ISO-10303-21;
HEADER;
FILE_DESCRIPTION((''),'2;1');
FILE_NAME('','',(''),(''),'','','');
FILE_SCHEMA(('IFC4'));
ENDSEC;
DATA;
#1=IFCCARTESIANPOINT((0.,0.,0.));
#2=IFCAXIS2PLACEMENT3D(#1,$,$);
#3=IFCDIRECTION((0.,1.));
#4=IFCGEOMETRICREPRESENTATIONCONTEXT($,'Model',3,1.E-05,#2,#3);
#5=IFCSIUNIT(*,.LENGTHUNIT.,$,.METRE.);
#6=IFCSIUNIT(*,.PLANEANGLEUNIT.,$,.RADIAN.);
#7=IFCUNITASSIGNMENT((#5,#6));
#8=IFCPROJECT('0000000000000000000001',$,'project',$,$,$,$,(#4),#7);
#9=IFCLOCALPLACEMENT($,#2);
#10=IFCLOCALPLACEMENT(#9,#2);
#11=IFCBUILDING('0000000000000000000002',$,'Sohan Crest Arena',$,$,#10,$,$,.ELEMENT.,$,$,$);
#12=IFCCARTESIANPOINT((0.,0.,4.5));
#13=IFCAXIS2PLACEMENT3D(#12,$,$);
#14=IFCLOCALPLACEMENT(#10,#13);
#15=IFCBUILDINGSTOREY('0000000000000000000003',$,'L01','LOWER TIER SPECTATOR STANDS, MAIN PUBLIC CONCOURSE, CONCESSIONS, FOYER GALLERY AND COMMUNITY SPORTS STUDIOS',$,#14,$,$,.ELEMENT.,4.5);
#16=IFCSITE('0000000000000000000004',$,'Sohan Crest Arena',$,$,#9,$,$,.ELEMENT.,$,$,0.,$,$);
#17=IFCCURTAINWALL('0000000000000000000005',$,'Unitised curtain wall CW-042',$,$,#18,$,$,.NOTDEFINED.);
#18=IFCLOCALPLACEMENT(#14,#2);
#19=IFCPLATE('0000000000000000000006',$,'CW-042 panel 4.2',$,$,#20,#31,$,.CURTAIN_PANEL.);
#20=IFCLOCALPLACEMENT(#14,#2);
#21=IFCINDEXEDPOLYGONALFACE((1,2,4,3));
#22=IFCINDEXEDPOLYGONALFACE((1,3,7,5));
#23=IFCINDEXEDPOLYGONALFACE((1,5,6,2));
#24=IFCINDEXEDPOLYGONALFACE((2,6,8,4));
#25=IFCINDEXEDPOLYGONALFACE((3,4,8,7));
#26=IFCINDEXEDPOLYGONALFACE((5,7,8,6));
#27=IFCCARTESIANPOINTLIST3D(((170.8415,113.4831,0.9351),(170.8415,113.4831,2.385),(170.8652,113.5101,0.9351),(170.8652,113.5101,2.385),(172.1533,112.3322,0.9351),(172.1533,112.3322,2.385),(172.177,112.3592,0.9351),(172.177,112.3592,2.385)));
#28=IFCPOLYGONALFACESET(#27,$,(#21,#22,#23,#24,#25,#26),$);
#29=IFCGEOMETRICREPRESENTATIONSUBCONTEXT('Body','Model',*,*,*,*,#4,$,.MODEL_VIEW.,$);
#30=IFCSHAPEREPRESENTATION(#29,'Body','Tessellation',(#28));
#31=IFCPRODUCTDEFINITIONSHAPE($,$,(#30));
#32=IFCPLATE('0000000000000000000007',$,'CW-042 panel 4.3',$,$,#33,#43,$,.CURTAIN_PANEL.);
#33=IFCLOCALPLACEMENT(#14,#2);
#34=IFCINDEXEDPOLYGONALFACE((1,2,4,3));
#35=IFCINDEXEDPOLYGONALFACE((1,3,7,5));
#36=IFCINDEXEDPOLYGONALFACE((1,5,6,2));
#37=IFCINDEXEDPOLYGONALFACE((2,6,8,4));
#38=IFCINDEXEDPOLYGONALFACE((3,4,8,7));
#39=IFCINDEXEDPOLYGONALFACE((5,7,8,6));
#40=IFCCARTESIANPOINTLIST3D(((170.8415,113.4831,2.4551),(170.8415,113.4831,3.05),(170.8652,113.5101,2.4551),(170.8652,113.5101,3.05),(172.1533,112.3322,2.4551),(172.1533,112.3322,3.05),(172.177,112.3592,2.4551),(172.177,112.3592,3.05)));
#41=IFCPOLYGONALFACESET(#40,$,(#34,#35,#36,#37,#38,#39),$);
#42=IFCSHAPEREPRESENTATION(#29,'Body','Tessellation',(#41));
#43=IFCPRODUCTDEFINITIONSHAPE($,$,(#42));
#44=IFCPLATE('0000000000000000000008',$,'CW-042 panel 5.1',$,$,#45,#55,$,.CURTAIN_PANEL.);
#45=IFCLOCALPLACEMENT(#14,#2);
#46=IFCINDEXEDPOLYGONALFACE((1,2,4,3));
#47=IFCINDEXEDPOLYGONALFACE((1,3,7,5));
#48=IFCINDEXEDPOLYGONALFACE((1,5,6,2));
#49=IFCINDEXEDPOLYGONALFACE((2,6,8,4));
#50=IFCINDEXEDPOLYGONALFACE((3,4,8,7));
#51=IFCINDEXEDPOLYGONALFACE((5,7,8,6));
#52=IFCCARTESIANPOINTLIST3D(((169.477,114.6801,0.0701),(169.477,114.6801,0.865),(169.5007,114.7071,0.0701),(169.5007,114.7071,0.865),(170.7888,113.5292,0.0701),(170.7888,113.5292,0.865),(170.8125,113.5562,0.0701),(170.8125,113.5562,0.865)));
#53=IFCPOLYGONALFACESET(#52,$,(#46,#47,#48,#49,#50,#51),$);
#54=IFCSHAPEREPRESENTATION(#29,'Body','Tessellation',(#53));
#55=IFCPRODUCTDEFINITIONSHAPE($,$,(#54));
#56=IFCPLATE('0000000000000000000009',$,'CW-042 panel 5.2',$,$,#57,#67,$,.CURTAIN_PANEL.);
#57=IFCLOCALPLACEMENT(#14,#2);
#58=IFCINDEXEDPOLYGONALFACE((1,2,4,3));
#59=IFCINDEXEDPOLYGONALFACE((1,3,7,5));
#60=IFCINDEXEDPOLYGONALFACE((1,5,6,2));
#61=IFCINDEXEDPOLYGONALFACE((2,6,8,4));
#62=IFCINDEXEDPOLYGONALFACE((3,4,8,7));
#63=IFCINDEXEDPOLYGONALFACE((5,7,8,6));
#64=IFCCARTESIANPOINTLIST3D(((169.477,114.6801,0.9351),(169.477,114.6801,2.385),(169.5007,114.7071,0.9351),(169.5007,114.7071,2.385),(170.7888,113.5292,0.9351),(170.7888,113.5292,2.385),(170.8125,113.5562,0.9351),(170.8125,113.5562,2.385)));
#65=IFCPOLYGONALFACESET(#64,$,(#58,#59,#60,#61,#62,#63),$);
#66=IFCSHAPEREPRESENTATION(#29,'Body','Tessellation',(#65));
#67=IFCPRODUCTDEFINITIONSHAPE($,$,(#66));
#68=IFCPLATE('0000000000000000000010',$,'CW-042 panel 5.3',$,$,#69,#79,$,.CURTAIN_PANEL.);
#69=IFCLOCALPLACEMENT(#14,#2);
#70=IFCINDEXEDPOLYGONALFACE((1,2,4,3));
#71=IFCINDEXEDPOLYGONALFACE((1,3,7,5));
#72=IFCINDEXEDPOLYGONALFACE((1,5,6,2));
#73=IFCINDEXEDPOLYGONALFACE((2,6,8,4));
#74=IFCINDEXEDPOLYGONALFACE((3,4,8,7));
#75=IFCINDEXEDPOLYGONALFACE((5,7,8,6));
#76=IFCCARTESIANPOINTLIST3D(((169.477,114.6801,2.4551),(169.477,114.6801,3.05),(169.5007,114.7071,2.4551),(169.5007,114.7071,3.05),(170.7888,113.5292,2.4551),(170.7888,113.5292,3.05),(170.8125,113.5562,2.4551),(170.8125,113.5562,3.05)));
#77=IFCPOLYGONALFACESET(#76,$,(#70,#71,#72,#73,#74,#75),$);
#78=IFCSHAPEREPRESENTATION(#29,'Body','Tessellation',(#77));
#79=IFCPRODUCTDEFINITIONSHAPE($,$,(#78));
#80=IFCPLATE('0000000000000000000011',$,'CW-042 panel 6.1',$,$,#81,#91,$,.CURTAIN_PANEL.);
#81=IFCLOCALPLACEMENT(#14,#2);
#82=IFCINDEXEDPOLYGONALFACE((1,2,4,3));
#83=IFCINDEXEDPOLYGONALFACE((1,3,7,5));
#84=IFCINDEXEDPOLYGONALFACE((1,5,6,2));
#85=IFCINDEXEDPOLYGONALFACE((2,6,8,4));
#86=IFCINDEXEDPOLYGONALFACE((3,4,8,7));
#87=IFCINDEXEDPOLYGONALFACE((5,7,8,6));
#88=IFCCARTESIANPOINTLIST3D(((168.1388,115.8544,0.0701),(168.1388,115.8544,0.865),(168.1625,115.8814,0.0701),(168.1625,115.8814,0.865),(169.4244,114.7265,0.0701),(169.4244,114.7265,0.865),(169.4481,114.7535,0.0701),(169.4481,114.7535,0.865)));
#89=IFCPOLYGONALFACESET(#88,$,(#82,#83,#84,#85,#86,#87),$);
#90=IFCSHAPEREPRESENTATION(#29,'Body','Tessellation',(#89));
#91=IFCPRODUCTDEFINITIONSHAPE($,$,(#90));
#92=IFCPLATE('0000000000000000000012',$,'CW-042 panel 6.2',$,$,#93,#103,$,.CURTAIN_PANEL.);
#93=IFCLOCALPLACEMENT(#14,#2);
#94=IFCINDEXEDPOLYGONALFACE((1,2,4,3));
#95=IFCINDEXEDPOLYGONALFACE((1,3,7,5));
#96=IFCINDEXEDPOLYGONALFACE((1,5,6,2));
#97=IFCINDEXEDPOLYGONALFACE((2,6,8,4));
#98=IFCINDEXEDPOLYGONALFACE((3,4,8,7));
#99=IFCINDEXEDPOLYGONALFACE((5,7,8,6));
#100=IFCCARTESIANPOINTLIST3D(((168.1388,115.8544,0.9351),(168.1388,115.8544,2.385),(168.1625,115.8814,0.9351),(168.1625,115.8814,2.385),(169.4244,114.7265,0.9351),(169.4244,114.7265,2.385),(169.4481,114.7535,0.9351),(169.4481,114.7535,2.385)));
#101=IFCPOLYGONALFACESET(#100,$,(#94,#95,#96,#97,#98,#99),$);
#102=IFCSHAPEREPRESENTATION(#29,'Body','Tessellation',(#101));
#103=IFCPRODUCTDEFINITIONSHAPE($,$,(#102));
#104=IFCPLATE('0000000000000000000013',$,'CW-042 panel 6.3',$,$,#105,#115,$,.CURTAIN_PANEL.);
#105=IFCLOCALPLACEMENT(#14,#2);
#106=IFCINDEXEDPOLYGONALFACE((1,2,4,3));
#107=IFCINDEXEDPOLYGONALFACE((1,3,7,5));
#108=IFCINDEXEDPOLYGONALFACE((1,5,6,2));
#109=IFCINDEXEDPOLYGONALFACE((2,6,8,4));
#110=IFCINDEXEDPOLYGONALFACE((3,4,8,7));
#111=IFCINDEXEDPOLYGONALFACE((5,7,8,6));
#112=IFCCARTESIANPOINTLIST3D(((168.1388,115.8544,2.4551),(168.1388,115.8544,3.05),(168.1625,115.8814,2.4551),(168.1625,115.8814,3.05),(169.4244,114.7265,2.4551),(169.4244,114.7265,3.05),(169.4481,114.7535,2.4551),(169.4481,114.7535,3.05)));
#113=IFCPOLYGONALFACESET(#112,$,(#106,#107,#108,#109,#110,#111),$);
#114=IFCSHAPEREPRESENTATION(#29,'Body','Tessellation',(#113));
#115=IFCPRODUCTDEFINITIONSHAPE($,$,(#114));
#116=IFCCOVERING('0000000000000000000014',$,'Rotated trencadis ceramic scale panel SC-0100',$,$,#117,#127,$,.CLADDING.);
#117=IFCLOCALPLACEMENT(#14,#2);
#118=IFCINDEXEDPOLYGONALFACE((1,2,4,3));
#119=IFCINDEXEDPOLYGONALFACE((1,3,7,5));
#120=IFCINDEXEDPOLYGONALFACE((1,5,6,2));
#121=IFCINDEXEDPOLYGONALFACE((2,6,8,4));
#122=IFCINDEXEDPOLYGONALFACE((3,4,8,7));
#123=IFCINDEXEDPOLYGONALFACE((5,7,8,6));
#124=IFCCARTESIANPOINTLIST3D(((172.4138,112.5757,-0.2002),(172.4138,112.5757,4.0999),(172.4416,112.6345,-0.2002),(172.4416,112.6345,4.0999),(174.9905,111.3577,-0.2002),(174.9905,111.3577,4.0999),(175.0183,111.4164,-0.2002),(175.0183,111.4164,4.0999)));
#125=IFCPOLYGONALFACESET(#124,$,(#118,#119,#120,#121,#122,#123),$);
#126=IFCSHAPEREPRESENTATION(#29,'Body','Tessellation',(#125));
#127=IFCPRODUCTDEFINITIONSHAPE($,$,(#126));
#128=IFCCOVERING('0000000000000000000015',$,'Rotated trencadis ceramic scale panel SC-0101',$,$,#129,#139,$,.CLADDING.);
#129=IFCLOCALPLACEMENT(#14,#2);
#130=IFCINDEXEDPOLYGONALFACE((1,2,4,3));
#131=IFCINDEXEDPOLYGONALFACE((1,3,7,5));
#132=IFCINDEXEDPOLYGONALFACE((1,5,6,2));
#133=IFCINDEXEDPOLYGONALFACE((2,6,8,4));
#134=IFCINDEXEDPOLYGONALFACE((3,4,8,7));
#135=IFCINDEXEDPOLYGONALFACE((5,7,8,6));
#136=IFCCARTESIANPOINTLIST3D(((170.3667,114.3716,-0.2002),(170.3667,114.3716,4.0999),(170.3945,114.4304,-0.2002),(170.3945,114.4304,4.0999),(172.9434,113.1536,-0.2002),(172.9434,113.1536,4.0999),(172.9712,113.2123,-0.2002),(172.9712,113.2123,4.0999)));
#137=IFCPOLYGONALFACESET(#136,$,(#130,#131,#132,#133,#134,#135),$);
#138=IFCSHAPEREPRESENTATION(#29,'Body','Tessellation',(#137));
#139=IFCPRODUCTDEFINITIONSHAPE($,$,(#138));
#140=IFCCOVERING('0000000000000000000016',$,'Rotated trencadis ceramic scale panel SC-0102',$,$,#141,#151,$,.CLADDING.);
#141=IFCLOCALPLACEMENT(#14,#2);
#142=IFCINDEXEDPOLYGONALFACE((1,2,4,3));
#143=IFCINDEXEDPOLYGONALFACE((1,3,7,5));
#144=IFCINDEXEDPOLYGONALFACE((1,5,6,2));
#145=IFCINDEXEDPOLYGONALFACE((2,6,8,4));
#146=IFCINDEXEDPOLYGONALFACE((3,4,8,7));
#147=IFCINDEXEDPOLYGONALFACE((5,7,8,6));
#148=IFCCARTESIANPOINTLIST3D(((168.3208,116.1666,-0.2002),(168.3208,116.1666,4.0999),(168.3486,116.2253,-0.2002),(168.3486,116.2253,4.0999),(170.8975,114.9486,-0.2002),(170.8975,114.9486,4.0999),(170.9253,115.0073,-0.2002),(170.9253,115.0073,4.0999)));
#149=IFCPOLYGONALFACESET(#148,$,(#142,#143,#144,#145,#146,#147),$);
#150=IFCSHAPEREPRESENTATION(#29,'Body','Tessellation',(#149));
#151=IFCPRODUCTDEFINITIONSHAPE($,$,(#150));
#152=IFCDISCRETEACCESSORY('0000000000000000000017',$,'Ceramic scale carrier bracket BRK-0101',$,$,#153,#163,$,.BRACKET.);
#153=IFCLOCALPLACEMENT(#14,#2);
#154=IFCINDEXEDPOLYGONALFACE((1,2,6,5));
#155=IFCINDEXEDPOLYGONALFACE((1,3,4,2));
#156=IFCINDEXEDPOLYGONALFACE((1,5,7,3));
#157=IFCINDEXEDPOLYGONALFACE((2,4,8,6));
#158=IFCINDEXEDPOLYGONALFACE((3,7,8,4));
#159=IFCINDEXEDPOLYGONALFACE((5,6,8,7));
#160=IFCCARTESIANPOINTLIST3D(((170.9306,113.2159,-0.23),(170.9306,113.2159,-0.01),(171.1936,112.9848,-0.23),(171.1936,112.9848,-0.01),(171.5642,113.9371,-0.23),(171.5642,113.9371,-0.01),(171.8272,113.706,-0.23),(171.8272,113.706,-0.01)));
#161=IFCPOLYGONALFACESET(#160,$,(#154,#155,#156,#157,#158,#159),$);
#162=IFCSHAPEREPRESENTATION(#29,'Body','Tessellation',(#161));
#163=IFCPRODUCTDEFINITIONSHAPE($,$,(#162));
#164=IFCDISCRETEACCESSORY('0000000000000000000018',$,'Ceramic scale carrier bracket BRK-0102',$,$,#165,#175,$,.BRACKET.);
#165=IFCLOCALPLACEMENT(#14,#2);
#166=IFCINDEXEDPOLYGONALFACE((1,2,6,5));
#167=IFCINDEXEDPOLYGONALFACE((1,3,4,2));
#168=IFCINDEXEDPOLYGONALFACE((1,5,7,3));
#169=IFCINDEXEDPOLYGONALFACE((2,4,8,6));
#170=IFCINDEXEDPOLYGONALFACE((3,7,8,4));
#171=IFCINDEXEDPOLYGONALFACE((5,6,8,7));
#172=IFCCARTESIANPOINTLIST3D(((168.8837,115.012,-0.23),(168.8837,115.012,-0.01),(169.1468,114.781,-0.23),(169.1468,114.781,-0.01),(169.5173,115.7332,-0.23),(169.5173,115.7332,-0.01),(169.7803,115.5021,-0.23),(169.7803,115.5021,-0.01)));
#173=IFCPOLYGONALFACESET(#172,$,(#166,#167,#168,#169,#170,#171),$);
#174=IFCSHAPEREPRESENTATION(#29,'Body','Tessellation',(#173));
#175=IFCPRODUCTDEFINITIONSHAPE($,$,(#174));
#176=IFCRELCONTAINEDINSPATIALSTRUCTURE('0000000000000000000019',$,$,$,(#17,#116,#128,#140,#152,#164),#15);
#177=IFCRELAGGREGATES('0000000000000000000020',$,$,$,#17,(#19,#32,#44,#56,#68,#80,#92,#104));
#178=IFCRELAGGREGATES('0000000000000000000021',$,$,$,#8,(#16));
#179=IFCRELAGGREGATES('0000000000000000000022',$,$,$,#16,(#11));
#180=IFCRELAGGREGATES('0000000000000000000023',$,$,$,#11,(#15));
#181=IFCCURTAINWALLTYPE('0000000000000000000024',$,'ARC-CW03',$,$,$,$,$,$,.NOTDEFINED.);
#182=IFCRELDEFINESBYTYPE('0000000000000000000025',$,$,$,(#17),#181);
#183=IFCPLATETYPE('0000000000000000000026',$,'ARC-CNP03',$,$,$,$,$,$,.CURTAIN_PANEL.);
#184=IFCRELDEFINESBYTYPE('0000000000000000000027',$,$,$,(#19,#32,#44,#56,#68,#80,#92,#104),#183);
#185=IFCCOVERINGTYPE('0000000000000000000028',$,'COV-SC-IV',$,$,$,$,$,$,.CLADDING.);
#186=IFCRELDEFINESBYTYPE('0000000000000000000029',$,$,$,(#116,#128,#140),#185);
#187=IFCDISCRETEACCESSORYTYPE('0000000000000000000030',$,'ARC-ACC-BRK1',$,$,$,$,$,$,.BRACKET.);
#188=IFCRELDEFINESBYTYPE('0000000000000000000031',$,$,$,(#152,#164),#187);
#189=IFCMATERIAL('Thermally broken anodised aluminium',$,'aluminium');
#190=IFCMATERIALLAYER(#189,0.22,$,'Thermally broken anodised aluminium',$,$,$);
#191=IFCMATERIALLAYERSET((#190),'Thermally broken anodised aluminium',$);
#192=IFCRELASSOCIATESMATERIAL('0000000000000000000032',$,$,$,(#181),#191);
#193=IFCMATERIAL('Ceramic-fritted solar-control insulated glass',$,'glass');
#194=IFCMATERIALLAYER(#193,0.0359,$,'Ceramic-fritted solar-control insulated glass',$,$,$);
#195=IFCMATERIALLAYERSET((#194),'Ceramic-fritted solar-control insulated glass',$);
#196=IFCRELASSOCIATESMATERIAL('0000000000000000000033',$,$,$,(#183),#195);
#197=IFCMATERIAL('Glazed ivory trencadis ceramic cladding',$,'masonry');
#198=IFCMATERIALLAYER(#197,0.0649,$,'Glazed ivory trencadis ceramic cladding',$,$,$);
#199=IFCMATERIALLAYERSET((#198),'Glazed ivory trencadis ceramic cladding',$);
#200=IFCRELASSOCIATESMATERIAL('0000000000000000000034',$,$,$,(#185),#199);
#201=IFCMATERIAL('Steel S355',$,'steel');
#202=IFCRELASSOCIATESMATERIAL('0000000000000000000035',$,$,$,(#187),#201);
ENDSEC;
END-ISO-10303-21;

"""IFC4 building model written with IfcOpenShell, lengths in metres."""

from ifc_helpers import new_model, si_unit, direction, frame, origin, origin_2d, place, context, subcontext, project, spatial, rectangle, extrude, material, layer, layer_set, type_object, element, aggregate, save


model = new_model("IFC4")

# Units and contexts
model_context = context("Model", 3, precision=1e-05, world=origin(), true_north=direction((0.0, 1.0)))
body_context = subcontext(model_context, "Body", "Model", "MODEL_VIEW")
ifc_project = project(units=[si_unit("LENGTHUNIT", "METRE"), si_unit("PLANEANGLEUNIT", "RADIAN")], contexts=[model_context])

# Site, building, storey
site_placement = place(None, origin())
site = spatial("IfcSite", under=ifc_project, at=site_placement, Name="Sohan Crest Arena", CompositionType="ELEMENT", RefElevation=0.0)
building_placement = place(site_placement, origin())
building = spatial("IfcBuilding", under=site, at=building_placement, Name="Sohan Crest Arena", CompositionType="ELEMENT")
storey_placement = place(building_placement, frame((0.0, 0.0, 4.5)))
storey = spatial("IfcBuildingStorey", under=building, at=storey_placement, Name="L01", Description="LOWER TIER SPECTATOR STANDS, MAIN PUBLIC CONCOURSE, CONCESSIONS, FOYER GALLERY AND COMMUNITY SPORTS STUDIOS", CompositionType="ELEMENT", Elevation=4.5)

# Shared definitions
ifc_material_1 = material(Name="Steel S355", Category="steel")

# Curtain wall
ifc_material_2 = material(Name="Thermally broken anodised aluminium", Category="aluminium")
ifc_layer_1 = layer(ifc_material_2, 0.22, Name="Thermally broken anodised aluminium")
ifc_layer_set_1 = layer_set([ifc_layer_1], Name="Thermally broken anodised aluminium")
curtain_wall_type_1 = type_object("IfcCurtainWallType", Name="ARC-CW03", PredefinedType="NOTDEFINED", material=ifc_layer_set_1)
curtain_wall_1_placement = place(storey_placement, origin())
curtain_wall_1 = element("IfcCurtainWall", 1, at=curtain_wall_1_placement, inside=storey, type_object=curtain_wall_type_1, Name="Unitised curtain wall CW-042", PredefinedType="NOTDEFINED")

# Plates
ifc_material_3 = material(Name="Ceramic-fritted solar-control insulated glass", Category="glass")
ifc_layer_2 = layer(ifc_material_3, 0.0359, Name="Ceramic-fritted solar-control insulated glass")
ifc_layer_set_2 = layer_set([ifc_layer_2], Name="Ceramic-fritted solar-control insulated glass")
plate_type = type_object("IfcPlateType", Name="ARC-CNP03", PredefinedType="CURTAIN_PANEL", material=ifc_layer_set_2)
plate_1_placement = place(storey_placement, frame((171.5093, 112.9211, 0.9351), z_axis=(0.0, 0.0, 1.0), x_axis=(-0.751694, 0.659512, 0.0)))
plate_1 = element("IfcPlate", 2, at=plate_1_placement, type_object=plate_type, Name="CW-042 panel 4.2", PredefinedType="CURTAIN_PANEL", context=body_context, shape_type="SweptSolid", body=[
    extrude(rectangle(XDim=1.7451, YDim=0.0359, at=origin_2d()), origin(), (0.0, 0.0, 1.0), 1.45),
])
plate_2_placement = place(storey_placement, frame((171.5093, 112.9211, 2.4551), z_axis=(0.0, 0.0, 1.0), x_axis=(-0.751694, 0.659512, 0.0)))
plate_2 = element("IfcPlate", 3, at=plate_2_placement, type_object=plate_type, Name="CW-042 panel 4.3", PredefinedType="CURTAIN_PANEL", context=body_context, shape_type="SweptSolid", body=[
    extrude(rectangle(XDim=1.7451, YDim=0.0359, at=origin_2d()), origin(), (0.0, 0.0, 1.0), 0.595),
])
plate_3_placement = place(storey_placement, frame((170.1448, 114.1182, 0.0701), z_axis=(0.0, 0.0, 1.0), x_axis=(-0.751694, 0.659512, 0.0)))
plate_3 = element("IfcPlate", 4, at=plate_3_placement, type_object=plate_type, Name="CW-042 panel 5.1", PredefinedType="CURTAIN_PANEL", context=body_context, shape_type="SweptSolid", body=[
    extrude(rectangle(XDim=1.7451, YDim=0.0359, at=origin_2d()), origin(), (0.0, 0.0, 1.0), 0.7949),
])
plate_4_placement = place(storey_placement, frame((170.1448, 114.1182, 0.9351), z_axis=(0.0, 0.0, 1.0), x_axis=(-0.751694, 0.659512, 0.0)))
plate_4 = element("IfcPlate", 5, at=plate_4_placement, type_object=plate_type, Name="CW-042 panel 5.2", PredefinedType="CURTAIN_PANEL", context=body_context, shape_type="SweptSolid", body=[
    extrude(rectangle(XDim=1.7451, YDim=0.0359, at=origin_2d()), origin(), (0.0, 0.0, 1.0), 1.45),
])
plate_5_placement = place(storey_placement, frame((170.1448, 114.1182, 2.4551), z_axis=(0.0, 0.0, 1.0), x_axis=(-0.751694, 0.659512, 0.0)))
plate_5 = element("IfcPlate", 6, at=plate_5_placement, type_object=plate_type, Name="CW-042 panel 5.3", PredefinedType="CURTAIN_PANEL", context=body_context, shape_type="SweptSolid", body=[
    extrude(rectangle(XDim=1.7451, YDim=0.0359, at=origin_2d()), origin(), (0.0, 0.0, 1.0), 0.595),
])
plate_6_placement = place(storey_placement, frame((168.7935, 115.304, 0.0701), z_axis=(0.0, 0.0, 1.0), x_axis=(-0.751694, 0.659512, 0.0)))
plate_6 = element("IfcPlate", 7, at=plate_6_placement, type_object=plate_type, Name="CW-042 panel 6.1", PredefinedType="CURTAIN_PANEL", context=body_context, shape_type="SweptSolid", body=[
    extrude(rectangle(XDim=1.7102, YDim=0.0359, at=origin_2d()), origin(), (0.0, 0.0, 1.0), 0.7949),
])
plate_7_placement = place(storey_placement, frame((168.7935, 115.304, 0.9351), z_axis=(0.0, 0.0, 1.0), x_axis=(-0.751694, 0.659512, 0.0)))
plate_7 = element("IfcPlate", 8, at=plate_7_placement, type_object=plate_type, Name="CW-042 panel 6.2", PredefinedType="CURTAIN_PANEL", context=body_context, shape_type="SweptSolid", body=[
    extrude(rectangle(XDim=1.7102, YDim=0.0359, at=origin_2d()), origin(), (0.0, 0.0, 1.0), 1.45),
])
plate_8_placement = place(storey_placement, frame((168.7935, 115.304, 2.4551), z_axis=(0.0, 0.0, 1.0), x_axis=(-0.751694, 0.659512, 0.0)))
plate_8 = element("IfcPlate", 9, at=plate_8_placement, type_object=plate_type, Name="CW-042 panel 6.3", PredefinedType="CURTAIN_PANEL", context=body_context, shape_type="SweptSolid", body=[
    extrude(rectangle(XDim=1.7102, YDim=0.0359, at=origin_2d()), origin(), (0.0, 0.0, 1.0), 0.595),
])
aggregate(curtain_wall_1, [plate_1, plate_2, plate_3, plate_4, plate_5, plate_6, plate_7, plate_8])

# Coverings
ifc_material_4 = material(Name="Glazed ivory trencadis ceramic cladding", Category="masonry")
ifc_layer_3 = layer(ifc_material_4, 0.0649, Name="Glazed ivory trencadis ceramic cladding")
ifc_layer_set_3 = layer_set([ifc_layer_3], Name="Glazed ivory trencadis ceramic cladding")
covering_type = type_object("IfcCoveringType", Name="COV-SC-IV", PredefinedType="CLADDING", material=ifc_layer_set_3)
for number, where, z_axis, x_axis, name in (
    (10, (173.7161, 111.9961, -0.2002), (0.0, 0.0, 1.0), (-0.904083, 0.427358, 0.0), "Rotated trencadis ceramic scale panel SC-0100"),
    (11, (171.6689, 113.792, -0.2002), (0.0, 0.0, 1.0), (-0.904083, 0.427358, 0.0), "Rotated trencadis ceramic scale panel SC-0101"),
    (12, (169.623, 115.5869, -0.2002), (0.0, 0.0, 1.0), (-0.904083, 0.427358, 0.0), "Rotated trencadis ceramic scale panel SC-0102"),
):
    element("IfcCovering", number, at=place(storey_placement, frame(where, z_axis=z_axis, x_axis=x_axis)), inside=storey, type_object=covering_type, Name=name, PredefinedType="CLADDING", context=body_context, shape_type="SweptSolid", body=[
        extrude(rectangle(XDim=2.8501, YDim=0.0649, at=origin_2d()), origin(), (0.0, 0.0, 1.0), 4.3),
    ])

# Discrete accessories
discrete_accessory_type = type_object("IfcDiscreteAccessoryType", Name="ARC-ACC-BRK1", PredefinedType="BRACKET", material=ifc_material_1)
for number, where, z_axis, x_axis, name in (
    (13, (171.3789, 113.4609, -0.23), (0.0, 0.0, 1.0), (-0.751264, 0.660002, 0.0), "Ceramic scale carrier bracket BRK-0101"),
    (14, (169.332, 115.2571, -0.23), (0.0, 0.0, 1.0), (-0.751264, 0.660002, 0.0), "Ceramic scale carrier bracket BRK-0102"),
):
    element("IfcDiscreteAccessory", number, at=place(storey_placement, frame(where, z_axis=z_axis, x_axis=x_axis)), inside=storey, type_object=discrete_accessory_type, Name=name, PredefinedType="BRACKET", context=body_context, shape_type="SweptSolid", body=[
        extrude(rectangle(XDim=0.3501, YDim=0.96, at=origin_2d()), origin(), (0.0, 0.0, 1.0), 0.22),
    ])

save(model, "model.ifc")
